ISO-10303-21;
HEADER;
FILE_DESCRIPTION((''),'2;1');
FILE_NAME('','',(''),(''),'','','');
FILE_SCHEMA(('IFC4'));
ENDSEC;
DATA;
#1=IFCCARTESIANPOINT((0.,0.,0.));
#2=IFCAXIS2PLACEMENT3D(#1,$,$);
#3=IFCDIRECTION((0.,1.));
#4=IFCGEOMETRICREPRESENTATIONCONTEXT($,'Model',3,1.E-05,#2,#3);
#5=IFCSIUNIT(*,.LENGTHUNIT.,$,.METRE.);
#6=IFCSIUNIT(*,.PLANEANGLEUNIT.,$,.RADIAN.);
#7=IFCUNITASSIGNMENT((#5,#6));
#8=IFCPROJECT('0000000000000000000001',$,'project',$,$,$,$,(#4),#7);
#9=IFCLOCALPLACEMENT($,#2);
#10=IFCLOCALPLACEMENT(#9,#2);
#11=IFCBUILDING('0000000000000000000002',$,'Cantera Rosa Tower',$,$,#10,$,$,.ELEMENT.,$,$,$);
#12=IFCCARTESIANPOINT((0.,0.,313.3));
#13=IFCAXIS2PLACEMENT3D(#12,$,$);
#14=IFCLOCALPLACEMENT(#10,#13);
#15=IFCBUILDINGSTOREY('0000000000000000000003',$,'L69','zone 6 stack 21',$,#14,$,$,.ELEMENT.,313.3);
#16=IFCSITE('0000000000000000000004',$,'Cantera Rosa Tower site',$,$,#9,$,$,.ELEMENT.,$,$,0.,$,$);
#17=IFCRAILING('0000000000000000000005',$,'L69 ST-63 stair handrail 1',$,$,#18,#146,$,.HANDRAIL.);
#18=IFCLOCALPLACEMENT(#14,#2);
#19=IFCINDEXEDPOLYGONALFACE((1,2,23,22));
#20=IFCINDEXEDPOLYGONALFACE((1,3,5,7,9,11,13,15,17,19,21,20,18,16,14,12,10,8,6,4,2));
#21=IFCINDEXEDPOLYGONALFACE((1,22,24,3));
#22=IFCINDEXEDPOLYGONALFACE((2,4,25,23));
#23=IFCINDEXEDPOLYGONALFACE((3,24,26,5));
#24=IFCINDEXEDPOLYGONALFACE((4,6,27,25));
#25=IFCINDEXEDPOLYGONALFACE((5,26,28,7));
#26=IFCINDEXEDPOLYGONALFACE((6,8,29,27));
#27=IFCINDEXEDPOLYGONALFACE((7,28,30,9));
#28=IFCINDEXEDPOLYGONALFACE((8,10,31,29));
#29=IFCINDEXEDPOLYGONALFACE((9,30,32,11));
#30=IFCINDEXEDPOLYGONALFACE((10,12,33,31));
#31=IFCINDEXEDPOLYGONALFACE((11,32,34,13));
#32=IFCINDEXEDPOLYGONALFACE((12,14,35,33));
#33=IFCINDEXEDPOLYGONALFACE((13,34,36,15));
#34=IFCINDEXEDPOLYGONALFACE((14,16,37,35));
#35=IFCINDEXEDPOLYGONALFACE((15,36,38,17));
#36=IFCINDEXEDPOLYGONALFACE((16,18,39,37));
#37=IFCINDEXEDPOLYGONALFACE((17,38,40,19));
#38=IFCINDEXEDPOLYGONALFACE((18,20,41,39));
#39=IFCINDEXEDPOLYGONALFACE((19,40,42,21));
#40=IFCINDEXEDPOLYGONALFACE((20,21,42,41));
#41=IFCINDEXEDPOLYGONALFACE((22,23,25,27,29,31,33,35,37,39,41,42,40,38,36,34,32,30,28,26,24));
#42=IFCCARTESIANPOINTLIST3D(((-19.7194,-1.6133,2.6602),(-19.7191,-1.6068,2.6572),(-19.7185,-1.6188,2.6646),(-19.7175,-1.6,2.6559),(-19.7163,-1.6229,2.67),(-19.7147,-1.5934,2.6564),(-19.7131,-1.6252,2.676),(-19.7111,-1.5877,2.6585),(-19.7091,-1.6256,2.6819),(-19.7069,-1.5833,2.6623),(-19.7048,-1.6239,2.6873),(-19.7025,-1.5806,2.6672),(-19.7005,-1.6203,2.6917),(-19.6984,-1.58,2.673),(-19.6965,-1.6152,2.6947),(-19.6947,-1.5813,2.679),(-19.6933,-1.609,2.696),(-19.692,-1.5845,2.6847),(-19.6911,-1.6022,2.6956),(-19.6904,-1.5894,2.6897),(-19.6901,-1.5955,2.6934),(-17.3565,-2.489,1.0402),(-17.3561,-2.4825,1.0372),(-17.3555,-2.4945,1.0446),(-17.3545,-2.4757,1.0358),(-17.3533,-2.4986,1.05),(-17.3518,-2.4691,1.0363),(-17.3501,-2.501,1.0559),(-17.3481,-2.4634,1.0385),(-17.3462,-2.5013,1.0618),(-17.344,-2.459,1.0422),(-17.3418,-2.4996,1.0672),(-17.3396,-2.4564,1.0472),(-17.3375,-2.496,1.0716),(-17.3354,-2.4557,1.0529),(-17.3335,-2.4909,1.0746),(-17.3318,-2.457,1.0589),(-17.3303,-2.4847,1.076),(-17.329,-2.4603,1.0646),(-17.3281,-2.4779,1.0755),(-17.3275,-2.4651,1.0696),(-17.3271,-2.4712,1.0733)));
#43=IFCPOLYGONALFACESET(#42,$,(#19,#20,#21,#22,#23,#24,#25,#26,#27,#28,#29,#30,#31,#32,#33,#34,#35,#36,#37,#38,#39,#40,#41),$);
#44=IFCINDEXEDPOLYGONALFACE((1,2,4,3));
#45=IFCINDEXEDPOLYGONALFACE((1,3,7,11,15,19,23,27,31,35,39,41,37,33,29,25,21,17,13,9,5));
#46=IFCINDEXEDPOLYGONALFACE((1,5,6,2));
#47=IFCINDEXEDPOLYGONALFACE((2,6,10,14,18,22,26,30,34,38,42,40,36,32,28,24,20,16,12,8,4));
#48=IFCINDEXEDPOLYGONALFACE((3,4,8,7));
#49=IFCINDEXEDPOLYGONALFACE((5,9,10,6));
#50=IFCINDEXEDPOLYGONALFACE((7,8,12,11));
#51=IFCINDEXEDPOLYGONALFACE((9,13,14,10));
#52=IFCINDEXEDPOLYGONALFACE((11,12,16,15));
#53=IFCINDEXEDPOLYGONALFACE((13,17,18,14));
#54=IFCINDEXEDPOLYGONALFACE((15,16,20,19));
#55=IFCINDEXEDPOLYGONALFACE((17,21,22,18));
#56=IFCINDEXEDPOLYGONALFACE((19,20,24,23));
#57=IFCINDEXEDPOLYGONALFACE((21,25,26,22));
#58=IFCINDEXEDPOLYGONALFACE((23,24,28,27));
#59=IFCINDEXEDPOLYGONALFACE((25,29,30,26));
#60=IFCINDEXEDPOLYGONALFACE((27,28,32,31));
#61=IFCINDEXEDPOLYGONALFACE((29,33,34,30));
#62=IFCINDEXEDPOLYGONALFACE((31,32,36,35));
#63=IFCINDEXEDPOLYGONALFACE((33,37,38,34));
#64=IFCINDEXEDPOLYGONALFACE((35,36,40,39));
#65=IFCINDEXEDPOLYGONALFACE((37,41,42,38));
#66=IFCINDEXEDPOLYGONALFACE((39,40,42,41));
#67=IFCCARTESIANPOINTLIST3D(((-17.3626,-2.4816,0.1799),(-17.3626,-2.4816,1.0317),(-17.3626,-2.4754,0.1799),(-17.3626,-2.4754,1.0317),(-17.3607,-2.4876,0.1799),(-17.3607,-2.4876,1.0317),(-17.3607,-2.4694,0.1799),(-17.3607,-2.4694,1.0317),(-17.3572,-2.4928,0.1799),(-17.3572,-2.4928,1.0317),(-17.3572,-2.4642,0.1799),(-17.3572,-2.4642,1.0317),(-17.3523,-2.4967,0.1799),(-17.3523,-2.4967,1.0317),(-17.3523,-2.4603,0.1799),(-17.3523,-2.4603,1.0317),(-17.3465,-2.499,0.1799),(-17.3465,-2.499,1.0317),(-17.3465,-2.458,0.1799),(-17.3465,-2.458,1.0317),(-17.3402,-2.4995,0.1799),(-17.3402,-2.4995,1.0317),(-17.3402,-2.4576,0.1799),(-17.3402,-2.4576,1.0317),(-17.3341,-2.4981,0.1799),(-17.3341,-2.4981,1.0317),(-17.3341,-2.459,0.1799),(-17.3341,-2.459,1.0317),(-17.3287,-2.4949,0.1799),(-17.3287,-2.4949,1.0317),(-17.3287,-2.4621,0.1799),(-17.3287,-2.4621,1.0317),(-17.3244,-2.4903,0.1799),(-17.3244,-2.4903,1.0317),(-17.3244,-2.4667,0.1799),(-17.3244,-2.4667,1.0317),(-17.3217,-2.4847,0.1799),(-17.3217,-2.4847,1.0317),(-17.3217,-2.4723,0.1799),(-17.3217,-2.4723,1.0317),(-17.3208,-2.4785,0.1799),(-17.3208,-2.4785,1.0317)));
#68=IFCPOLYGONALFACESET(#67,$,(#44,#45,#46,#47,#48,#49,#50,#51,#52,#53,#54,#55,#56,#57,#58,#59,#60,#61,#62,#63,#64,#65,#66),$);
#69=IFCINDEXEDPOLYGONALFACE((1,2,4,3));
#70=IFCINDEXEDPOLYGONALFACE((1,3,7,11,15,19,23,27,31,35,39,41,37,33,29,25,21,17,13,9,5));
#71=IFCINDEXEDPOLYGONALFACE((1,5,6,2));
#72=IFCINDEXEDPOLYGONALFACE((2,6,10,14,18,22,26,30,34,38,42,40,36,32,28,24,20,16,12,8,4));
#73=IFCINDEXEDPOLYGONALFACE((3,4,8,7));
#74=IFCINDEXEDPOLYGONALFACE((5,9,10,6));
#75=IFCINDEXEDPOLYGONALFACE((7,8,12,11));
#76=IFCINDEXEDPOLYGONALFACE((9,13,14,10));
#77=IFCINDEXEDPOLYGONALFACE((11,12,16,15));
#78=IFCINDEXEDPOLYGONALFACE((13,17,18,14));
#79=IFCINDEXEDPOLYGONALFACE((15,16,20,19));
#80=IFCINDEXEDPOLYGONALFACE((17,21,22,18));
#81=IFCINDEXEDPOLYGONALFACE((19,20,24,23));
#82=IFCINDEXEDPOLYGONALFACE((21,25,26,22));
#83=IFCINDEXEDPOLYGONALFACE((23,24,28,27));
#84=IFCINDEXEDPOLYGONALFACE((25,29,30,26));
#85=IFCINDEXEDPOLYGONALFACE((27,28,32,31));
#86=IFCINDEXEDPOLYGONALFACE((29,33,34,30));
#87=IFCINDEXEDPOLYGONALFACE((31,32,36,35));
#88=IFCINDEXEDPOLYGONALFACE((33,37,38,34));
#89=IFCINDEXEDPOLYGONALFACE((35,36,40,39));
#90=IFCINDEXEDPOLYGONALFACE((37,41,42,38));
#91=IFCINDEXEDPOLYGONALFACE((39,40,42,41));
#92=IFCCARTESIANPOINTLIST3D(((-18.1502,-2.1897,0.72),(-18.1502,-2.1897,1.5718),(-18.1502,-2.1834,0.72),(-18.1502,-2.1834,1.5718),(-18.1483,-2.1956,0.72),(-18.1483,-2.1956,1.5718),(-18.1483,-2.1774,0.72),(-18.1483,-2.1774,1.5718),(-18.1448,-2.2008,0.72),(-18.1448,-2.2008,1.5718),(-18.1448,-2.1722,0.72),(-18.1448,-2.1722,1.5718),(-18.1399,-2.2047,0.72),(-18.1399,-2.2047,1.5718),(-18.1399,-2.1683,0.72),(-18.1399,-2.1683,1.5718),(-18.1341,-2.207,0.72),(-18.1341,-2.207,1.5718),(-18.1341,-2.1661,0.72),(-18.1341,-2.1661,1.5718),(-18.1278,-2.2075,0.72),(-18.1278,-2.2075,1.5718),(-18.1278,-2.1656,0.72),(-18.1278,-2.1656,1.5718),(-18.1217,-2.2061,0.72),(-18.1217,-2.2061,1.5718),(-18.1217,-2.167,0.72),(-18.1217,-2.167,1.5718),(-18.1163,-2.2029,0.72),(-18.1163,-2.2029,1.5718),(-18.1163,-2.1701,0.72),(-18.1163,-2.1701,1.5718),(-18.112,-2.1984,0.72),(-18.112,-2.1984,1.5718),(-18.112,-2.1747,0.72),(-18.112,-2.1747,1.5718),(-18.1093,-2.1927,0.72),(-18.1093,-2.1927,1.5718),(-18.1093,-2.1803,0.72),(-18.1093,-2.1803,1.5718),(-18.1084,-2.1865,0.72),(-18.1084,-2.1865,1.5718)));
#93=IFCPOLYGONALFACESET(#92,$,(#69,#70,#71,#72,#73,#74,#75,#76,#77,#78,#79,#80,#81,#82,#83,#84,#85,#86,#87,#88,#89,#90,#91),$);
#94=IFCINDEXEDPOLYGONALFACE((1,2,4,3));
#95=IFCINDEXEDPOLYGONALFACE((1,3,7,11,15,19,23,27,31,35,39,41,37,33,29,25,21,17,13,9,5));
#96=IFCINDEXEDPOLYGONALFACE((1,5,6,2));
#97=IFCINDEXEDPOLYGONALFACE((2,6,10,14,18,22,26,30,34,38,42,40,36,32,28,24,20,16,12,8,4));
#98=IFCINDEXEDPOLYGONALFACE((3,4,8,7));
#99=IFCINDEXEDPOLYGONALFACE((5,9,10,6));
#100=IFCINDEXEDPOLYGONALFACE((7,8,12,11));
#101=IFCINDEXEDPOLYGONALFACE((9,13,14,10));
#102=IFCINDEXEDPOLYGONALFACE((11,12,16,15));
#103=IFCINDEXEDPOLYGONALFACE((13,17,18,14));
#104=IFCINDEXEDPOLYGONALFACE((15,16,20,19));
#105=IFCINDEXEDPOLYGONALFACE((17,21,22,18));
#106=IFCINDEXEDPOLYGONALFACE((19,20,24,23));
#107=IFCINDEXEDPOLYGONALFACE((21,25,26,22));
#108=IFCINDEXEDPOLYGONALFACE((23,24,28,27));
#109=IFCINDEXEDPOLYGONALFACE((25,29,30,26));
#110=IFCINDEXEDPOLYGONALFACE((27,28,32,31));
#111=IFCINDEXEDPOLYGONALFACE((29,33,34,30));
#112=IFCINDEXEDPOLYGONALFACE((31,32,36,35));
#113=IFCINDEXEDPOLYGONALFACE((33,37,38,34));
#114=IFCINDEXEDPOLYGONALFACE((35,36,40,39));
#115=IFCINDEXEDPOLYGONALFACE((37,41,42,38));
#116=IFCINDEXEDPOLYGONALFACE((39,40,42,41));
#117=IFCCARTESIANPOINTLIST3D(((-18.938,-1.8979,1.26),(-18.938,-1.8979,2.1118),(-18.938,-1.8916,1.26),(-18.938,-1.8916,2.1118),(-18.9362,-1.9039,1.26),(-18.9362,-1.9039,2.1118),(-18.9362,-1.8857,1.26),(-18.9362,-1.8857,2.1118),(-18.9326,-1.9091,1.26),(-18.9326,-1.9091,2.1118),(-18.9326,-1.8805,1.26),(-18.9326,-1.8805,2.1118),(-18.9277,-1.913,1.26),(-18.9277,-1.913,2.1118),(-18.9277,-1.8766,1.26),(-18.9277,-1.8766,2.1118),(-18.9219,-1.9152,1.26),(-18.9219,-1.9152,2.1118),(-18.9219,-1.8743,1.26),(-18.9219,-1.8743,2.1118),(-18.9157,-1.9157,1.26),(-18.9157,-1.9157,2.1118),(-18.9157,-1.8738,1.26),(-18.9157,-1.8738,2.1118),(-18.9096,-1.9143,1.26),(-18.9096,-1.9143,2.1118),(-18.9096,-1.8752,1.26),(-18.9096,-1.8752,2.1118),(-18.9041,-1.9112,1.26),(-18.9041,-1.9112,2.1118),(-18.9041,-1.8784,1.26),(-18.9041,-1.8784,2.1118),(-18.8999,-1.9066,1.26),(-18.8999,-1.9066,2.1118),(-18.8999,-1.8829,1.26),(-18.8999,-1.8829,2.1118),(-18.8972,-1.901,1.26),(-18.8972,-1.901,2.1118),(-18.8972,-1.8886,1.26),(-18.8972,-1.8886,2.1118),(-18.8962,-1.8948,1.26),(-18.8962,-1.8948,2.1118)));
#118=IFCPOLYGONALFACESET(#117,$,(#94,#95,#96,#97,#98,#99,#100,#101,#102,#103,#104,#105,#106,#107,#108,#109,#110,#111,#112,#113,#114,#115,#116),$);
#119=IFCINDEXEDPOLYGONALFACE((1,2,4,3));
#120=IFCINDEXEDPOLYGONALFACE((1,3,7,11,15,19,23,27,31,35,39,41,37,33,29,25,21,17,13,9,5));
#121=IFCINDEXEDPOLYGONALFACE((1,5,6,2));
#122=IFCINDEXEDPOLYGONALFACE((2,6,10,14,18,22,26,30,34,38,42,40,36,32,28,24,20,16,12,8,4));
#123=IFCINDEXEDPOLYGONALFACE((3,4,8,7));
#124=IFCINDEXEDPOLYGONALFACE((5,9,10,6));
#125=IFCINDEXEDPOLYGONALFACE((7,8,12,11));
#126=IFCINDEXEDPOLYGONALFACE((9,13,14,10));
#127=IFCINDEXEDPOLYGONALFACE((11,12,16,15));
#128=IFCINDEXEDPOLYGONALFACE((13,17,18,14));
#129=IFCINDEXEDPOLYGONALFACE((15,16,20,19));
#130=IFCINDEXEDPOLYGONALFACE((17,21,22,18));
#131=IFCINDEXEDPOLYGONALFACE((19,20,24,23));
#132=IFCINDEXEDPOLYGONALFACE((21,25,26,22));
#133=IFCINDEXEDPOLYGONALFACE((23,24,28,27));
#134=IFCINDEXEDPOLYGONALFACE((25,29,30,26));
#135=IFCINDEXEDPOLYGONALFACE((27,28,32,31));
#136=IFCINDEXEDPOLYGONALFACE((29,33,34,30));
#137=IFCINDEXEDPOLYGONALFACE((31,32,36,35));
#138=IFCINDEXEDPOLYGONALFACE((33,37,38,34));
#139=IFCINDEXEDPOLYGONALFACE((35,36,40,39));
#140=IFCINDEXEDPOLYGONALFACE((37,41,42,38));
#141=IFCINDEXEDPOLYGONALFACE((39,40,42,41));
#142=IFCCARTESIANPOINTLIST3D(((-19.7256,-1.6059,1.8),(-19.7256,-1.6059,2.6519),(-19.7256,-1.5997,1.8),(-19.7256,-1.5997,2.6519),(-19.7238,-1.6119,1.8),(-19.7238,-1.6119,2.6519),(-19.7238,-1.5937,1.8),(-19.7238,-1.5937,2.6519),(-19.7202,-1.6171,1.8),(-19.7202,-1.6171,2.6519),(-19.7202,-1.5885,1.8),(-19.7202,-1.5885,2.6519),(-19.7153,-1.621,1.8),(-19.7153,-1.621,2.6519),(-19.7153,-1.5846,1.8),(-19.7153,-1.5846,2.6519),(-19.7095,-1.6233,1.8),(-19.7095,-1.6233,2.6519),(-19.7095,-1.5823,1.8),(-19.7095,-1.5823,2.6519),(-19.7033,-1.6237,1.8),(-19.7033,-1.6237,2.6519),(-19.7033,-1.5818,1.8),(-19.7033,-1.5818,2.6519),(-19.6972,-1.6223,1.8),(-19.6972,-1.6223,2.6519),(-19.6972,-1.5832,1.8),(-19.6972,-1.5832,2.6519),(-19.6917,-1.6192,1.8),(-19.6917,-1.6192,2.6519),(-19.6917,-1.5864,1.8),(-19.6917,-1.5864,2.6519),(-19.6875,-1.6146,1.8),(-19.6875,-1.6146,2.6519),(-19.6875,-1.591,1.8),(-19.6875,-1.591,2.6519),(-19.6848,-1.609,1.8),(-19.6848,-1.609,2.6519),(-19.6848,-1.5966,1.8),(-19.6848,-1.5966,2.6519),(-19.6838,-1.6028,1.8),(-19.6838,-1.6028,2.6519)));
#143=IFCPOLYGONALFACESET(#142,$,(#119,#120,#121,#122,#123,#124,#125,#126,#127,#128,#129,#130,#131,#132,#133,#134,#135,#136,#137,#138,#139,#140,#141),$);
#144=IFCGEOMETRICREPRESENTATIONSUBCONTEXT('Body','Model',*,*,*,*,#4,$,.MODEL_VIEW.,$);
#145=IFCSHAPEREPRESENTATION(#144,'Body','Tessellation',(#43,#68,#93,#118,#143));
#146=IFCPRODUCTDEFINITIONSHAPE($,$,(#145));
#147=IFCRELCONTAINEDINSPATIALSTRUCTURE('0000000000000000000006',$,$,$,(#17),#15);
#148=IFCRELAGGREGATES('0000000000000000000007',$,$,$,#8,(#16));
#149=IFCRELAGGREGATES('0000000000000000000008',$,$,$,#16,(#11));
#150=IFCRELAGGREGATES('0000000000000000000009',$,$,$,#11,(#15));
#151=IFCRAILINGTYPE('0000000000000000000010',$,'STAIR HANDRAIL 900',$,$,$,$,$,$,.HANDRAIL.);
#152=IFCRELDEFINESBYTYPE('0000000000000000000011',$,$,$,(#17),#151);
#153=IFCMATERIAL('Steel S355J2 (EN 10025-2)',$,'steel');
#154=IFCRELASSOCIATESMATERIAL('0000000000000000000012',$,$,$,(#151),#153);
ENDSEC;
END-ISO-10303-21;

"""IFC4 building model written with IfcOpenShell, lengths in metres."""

from ifc_helpers import new_model, si_unit, direction, frame, origin, origin_2d, place, context, subcontext, project, spatial, circle, extrude, material, type_object, element, save


model = new_model("IFC4")

# Units and contexts
model_context = context("Model", 3, precision=1e-05, world=origin(), true_north=direction((0.0, 1.0)))
body_context = subcontext(model_context, "Body", "Model", "MODEL_VIEW")
ifc_project = project(units=[si_unit("LENGTHUNIT", "METRE"), si_unit("PLANEANGLEUNIT", "RADIAN")], contexts=[model_context])

# Site, building, storey
site_placement = place(None, origin())
site = spatial("IfcSite", under=ifc_project, at=site_placement, Name="Cantera Rosa Tower site", CompositionType="ELEMENT", RefElevation=0.0)
building_placement = place(site_placement, origin())
building = spatial("IfcBuilding", under=site, at=building_placement, Name="Cantera Rosa Tower", CompositionType="ELEMENT")
storey_placement = place(building_placement, frame((0.0, 0.0, 313.3)))
storey = spatial("IfcBuildingStorey", under=building, at=storey_placement, Name="L69", Description="zone 6 stack 21", CompositionType="ELEMENT", Elevation=313.3)

# Railing
ifc_material_1 = material(Name="Steel S355J2 (EN 10025-2)", Category="steel")
railing_type_1 = type_object("IfcRailingType", Name="STAIR HANDRAIL 900", PredefinedType="HANDRAIL", material=ifc_material_1)
railing_1_placement = place(storey_placement, frame((-17.3418, -2.4785, 0.1799)))
element("IfcRailing", 1, at=railing_1_placement, inside=storey, type_object=railing_type_1, Name="L69 ST-63 stair handrail 1", PredefinedType="HANDRAIL", context=body_context, shape_type="SweptSolid", body=[
    extrude(circle(Radius=0.0239, at=origin_2d()), frame((0.0, 0.0, 0.876), z_axis=(-0.788748, 0.292307, 0.540772), x_axis=(-0.347501, -0.93768, 0.0)), (0.0, 0.0, 1.0), 2.9958),
    extrude(circle(Radius=0.021, at=origin_2d()), origin(), (0.0, 0.0, 1.0), 0.8518),
    extrude(circle(Radius=0.021, at=origin_2d()), frame((-0.7876, 0.292, 0.54)), (0.0, 0.0, 1.0), 0.8518),
    extrude(circle(Radius=0.021, at=origin_2d()), frame((-1.5754, 0.5837, 1.0801)), (0.0, 0.0, 1.0), 0.8518),
    extrude(circle(Radius=0.021, at=origin_2d()), frame((-2.363, 0.8757, 1.6201)), (0.0, 0.0, 1.0), 0.8518),
])

save(model, "model.ifc")
